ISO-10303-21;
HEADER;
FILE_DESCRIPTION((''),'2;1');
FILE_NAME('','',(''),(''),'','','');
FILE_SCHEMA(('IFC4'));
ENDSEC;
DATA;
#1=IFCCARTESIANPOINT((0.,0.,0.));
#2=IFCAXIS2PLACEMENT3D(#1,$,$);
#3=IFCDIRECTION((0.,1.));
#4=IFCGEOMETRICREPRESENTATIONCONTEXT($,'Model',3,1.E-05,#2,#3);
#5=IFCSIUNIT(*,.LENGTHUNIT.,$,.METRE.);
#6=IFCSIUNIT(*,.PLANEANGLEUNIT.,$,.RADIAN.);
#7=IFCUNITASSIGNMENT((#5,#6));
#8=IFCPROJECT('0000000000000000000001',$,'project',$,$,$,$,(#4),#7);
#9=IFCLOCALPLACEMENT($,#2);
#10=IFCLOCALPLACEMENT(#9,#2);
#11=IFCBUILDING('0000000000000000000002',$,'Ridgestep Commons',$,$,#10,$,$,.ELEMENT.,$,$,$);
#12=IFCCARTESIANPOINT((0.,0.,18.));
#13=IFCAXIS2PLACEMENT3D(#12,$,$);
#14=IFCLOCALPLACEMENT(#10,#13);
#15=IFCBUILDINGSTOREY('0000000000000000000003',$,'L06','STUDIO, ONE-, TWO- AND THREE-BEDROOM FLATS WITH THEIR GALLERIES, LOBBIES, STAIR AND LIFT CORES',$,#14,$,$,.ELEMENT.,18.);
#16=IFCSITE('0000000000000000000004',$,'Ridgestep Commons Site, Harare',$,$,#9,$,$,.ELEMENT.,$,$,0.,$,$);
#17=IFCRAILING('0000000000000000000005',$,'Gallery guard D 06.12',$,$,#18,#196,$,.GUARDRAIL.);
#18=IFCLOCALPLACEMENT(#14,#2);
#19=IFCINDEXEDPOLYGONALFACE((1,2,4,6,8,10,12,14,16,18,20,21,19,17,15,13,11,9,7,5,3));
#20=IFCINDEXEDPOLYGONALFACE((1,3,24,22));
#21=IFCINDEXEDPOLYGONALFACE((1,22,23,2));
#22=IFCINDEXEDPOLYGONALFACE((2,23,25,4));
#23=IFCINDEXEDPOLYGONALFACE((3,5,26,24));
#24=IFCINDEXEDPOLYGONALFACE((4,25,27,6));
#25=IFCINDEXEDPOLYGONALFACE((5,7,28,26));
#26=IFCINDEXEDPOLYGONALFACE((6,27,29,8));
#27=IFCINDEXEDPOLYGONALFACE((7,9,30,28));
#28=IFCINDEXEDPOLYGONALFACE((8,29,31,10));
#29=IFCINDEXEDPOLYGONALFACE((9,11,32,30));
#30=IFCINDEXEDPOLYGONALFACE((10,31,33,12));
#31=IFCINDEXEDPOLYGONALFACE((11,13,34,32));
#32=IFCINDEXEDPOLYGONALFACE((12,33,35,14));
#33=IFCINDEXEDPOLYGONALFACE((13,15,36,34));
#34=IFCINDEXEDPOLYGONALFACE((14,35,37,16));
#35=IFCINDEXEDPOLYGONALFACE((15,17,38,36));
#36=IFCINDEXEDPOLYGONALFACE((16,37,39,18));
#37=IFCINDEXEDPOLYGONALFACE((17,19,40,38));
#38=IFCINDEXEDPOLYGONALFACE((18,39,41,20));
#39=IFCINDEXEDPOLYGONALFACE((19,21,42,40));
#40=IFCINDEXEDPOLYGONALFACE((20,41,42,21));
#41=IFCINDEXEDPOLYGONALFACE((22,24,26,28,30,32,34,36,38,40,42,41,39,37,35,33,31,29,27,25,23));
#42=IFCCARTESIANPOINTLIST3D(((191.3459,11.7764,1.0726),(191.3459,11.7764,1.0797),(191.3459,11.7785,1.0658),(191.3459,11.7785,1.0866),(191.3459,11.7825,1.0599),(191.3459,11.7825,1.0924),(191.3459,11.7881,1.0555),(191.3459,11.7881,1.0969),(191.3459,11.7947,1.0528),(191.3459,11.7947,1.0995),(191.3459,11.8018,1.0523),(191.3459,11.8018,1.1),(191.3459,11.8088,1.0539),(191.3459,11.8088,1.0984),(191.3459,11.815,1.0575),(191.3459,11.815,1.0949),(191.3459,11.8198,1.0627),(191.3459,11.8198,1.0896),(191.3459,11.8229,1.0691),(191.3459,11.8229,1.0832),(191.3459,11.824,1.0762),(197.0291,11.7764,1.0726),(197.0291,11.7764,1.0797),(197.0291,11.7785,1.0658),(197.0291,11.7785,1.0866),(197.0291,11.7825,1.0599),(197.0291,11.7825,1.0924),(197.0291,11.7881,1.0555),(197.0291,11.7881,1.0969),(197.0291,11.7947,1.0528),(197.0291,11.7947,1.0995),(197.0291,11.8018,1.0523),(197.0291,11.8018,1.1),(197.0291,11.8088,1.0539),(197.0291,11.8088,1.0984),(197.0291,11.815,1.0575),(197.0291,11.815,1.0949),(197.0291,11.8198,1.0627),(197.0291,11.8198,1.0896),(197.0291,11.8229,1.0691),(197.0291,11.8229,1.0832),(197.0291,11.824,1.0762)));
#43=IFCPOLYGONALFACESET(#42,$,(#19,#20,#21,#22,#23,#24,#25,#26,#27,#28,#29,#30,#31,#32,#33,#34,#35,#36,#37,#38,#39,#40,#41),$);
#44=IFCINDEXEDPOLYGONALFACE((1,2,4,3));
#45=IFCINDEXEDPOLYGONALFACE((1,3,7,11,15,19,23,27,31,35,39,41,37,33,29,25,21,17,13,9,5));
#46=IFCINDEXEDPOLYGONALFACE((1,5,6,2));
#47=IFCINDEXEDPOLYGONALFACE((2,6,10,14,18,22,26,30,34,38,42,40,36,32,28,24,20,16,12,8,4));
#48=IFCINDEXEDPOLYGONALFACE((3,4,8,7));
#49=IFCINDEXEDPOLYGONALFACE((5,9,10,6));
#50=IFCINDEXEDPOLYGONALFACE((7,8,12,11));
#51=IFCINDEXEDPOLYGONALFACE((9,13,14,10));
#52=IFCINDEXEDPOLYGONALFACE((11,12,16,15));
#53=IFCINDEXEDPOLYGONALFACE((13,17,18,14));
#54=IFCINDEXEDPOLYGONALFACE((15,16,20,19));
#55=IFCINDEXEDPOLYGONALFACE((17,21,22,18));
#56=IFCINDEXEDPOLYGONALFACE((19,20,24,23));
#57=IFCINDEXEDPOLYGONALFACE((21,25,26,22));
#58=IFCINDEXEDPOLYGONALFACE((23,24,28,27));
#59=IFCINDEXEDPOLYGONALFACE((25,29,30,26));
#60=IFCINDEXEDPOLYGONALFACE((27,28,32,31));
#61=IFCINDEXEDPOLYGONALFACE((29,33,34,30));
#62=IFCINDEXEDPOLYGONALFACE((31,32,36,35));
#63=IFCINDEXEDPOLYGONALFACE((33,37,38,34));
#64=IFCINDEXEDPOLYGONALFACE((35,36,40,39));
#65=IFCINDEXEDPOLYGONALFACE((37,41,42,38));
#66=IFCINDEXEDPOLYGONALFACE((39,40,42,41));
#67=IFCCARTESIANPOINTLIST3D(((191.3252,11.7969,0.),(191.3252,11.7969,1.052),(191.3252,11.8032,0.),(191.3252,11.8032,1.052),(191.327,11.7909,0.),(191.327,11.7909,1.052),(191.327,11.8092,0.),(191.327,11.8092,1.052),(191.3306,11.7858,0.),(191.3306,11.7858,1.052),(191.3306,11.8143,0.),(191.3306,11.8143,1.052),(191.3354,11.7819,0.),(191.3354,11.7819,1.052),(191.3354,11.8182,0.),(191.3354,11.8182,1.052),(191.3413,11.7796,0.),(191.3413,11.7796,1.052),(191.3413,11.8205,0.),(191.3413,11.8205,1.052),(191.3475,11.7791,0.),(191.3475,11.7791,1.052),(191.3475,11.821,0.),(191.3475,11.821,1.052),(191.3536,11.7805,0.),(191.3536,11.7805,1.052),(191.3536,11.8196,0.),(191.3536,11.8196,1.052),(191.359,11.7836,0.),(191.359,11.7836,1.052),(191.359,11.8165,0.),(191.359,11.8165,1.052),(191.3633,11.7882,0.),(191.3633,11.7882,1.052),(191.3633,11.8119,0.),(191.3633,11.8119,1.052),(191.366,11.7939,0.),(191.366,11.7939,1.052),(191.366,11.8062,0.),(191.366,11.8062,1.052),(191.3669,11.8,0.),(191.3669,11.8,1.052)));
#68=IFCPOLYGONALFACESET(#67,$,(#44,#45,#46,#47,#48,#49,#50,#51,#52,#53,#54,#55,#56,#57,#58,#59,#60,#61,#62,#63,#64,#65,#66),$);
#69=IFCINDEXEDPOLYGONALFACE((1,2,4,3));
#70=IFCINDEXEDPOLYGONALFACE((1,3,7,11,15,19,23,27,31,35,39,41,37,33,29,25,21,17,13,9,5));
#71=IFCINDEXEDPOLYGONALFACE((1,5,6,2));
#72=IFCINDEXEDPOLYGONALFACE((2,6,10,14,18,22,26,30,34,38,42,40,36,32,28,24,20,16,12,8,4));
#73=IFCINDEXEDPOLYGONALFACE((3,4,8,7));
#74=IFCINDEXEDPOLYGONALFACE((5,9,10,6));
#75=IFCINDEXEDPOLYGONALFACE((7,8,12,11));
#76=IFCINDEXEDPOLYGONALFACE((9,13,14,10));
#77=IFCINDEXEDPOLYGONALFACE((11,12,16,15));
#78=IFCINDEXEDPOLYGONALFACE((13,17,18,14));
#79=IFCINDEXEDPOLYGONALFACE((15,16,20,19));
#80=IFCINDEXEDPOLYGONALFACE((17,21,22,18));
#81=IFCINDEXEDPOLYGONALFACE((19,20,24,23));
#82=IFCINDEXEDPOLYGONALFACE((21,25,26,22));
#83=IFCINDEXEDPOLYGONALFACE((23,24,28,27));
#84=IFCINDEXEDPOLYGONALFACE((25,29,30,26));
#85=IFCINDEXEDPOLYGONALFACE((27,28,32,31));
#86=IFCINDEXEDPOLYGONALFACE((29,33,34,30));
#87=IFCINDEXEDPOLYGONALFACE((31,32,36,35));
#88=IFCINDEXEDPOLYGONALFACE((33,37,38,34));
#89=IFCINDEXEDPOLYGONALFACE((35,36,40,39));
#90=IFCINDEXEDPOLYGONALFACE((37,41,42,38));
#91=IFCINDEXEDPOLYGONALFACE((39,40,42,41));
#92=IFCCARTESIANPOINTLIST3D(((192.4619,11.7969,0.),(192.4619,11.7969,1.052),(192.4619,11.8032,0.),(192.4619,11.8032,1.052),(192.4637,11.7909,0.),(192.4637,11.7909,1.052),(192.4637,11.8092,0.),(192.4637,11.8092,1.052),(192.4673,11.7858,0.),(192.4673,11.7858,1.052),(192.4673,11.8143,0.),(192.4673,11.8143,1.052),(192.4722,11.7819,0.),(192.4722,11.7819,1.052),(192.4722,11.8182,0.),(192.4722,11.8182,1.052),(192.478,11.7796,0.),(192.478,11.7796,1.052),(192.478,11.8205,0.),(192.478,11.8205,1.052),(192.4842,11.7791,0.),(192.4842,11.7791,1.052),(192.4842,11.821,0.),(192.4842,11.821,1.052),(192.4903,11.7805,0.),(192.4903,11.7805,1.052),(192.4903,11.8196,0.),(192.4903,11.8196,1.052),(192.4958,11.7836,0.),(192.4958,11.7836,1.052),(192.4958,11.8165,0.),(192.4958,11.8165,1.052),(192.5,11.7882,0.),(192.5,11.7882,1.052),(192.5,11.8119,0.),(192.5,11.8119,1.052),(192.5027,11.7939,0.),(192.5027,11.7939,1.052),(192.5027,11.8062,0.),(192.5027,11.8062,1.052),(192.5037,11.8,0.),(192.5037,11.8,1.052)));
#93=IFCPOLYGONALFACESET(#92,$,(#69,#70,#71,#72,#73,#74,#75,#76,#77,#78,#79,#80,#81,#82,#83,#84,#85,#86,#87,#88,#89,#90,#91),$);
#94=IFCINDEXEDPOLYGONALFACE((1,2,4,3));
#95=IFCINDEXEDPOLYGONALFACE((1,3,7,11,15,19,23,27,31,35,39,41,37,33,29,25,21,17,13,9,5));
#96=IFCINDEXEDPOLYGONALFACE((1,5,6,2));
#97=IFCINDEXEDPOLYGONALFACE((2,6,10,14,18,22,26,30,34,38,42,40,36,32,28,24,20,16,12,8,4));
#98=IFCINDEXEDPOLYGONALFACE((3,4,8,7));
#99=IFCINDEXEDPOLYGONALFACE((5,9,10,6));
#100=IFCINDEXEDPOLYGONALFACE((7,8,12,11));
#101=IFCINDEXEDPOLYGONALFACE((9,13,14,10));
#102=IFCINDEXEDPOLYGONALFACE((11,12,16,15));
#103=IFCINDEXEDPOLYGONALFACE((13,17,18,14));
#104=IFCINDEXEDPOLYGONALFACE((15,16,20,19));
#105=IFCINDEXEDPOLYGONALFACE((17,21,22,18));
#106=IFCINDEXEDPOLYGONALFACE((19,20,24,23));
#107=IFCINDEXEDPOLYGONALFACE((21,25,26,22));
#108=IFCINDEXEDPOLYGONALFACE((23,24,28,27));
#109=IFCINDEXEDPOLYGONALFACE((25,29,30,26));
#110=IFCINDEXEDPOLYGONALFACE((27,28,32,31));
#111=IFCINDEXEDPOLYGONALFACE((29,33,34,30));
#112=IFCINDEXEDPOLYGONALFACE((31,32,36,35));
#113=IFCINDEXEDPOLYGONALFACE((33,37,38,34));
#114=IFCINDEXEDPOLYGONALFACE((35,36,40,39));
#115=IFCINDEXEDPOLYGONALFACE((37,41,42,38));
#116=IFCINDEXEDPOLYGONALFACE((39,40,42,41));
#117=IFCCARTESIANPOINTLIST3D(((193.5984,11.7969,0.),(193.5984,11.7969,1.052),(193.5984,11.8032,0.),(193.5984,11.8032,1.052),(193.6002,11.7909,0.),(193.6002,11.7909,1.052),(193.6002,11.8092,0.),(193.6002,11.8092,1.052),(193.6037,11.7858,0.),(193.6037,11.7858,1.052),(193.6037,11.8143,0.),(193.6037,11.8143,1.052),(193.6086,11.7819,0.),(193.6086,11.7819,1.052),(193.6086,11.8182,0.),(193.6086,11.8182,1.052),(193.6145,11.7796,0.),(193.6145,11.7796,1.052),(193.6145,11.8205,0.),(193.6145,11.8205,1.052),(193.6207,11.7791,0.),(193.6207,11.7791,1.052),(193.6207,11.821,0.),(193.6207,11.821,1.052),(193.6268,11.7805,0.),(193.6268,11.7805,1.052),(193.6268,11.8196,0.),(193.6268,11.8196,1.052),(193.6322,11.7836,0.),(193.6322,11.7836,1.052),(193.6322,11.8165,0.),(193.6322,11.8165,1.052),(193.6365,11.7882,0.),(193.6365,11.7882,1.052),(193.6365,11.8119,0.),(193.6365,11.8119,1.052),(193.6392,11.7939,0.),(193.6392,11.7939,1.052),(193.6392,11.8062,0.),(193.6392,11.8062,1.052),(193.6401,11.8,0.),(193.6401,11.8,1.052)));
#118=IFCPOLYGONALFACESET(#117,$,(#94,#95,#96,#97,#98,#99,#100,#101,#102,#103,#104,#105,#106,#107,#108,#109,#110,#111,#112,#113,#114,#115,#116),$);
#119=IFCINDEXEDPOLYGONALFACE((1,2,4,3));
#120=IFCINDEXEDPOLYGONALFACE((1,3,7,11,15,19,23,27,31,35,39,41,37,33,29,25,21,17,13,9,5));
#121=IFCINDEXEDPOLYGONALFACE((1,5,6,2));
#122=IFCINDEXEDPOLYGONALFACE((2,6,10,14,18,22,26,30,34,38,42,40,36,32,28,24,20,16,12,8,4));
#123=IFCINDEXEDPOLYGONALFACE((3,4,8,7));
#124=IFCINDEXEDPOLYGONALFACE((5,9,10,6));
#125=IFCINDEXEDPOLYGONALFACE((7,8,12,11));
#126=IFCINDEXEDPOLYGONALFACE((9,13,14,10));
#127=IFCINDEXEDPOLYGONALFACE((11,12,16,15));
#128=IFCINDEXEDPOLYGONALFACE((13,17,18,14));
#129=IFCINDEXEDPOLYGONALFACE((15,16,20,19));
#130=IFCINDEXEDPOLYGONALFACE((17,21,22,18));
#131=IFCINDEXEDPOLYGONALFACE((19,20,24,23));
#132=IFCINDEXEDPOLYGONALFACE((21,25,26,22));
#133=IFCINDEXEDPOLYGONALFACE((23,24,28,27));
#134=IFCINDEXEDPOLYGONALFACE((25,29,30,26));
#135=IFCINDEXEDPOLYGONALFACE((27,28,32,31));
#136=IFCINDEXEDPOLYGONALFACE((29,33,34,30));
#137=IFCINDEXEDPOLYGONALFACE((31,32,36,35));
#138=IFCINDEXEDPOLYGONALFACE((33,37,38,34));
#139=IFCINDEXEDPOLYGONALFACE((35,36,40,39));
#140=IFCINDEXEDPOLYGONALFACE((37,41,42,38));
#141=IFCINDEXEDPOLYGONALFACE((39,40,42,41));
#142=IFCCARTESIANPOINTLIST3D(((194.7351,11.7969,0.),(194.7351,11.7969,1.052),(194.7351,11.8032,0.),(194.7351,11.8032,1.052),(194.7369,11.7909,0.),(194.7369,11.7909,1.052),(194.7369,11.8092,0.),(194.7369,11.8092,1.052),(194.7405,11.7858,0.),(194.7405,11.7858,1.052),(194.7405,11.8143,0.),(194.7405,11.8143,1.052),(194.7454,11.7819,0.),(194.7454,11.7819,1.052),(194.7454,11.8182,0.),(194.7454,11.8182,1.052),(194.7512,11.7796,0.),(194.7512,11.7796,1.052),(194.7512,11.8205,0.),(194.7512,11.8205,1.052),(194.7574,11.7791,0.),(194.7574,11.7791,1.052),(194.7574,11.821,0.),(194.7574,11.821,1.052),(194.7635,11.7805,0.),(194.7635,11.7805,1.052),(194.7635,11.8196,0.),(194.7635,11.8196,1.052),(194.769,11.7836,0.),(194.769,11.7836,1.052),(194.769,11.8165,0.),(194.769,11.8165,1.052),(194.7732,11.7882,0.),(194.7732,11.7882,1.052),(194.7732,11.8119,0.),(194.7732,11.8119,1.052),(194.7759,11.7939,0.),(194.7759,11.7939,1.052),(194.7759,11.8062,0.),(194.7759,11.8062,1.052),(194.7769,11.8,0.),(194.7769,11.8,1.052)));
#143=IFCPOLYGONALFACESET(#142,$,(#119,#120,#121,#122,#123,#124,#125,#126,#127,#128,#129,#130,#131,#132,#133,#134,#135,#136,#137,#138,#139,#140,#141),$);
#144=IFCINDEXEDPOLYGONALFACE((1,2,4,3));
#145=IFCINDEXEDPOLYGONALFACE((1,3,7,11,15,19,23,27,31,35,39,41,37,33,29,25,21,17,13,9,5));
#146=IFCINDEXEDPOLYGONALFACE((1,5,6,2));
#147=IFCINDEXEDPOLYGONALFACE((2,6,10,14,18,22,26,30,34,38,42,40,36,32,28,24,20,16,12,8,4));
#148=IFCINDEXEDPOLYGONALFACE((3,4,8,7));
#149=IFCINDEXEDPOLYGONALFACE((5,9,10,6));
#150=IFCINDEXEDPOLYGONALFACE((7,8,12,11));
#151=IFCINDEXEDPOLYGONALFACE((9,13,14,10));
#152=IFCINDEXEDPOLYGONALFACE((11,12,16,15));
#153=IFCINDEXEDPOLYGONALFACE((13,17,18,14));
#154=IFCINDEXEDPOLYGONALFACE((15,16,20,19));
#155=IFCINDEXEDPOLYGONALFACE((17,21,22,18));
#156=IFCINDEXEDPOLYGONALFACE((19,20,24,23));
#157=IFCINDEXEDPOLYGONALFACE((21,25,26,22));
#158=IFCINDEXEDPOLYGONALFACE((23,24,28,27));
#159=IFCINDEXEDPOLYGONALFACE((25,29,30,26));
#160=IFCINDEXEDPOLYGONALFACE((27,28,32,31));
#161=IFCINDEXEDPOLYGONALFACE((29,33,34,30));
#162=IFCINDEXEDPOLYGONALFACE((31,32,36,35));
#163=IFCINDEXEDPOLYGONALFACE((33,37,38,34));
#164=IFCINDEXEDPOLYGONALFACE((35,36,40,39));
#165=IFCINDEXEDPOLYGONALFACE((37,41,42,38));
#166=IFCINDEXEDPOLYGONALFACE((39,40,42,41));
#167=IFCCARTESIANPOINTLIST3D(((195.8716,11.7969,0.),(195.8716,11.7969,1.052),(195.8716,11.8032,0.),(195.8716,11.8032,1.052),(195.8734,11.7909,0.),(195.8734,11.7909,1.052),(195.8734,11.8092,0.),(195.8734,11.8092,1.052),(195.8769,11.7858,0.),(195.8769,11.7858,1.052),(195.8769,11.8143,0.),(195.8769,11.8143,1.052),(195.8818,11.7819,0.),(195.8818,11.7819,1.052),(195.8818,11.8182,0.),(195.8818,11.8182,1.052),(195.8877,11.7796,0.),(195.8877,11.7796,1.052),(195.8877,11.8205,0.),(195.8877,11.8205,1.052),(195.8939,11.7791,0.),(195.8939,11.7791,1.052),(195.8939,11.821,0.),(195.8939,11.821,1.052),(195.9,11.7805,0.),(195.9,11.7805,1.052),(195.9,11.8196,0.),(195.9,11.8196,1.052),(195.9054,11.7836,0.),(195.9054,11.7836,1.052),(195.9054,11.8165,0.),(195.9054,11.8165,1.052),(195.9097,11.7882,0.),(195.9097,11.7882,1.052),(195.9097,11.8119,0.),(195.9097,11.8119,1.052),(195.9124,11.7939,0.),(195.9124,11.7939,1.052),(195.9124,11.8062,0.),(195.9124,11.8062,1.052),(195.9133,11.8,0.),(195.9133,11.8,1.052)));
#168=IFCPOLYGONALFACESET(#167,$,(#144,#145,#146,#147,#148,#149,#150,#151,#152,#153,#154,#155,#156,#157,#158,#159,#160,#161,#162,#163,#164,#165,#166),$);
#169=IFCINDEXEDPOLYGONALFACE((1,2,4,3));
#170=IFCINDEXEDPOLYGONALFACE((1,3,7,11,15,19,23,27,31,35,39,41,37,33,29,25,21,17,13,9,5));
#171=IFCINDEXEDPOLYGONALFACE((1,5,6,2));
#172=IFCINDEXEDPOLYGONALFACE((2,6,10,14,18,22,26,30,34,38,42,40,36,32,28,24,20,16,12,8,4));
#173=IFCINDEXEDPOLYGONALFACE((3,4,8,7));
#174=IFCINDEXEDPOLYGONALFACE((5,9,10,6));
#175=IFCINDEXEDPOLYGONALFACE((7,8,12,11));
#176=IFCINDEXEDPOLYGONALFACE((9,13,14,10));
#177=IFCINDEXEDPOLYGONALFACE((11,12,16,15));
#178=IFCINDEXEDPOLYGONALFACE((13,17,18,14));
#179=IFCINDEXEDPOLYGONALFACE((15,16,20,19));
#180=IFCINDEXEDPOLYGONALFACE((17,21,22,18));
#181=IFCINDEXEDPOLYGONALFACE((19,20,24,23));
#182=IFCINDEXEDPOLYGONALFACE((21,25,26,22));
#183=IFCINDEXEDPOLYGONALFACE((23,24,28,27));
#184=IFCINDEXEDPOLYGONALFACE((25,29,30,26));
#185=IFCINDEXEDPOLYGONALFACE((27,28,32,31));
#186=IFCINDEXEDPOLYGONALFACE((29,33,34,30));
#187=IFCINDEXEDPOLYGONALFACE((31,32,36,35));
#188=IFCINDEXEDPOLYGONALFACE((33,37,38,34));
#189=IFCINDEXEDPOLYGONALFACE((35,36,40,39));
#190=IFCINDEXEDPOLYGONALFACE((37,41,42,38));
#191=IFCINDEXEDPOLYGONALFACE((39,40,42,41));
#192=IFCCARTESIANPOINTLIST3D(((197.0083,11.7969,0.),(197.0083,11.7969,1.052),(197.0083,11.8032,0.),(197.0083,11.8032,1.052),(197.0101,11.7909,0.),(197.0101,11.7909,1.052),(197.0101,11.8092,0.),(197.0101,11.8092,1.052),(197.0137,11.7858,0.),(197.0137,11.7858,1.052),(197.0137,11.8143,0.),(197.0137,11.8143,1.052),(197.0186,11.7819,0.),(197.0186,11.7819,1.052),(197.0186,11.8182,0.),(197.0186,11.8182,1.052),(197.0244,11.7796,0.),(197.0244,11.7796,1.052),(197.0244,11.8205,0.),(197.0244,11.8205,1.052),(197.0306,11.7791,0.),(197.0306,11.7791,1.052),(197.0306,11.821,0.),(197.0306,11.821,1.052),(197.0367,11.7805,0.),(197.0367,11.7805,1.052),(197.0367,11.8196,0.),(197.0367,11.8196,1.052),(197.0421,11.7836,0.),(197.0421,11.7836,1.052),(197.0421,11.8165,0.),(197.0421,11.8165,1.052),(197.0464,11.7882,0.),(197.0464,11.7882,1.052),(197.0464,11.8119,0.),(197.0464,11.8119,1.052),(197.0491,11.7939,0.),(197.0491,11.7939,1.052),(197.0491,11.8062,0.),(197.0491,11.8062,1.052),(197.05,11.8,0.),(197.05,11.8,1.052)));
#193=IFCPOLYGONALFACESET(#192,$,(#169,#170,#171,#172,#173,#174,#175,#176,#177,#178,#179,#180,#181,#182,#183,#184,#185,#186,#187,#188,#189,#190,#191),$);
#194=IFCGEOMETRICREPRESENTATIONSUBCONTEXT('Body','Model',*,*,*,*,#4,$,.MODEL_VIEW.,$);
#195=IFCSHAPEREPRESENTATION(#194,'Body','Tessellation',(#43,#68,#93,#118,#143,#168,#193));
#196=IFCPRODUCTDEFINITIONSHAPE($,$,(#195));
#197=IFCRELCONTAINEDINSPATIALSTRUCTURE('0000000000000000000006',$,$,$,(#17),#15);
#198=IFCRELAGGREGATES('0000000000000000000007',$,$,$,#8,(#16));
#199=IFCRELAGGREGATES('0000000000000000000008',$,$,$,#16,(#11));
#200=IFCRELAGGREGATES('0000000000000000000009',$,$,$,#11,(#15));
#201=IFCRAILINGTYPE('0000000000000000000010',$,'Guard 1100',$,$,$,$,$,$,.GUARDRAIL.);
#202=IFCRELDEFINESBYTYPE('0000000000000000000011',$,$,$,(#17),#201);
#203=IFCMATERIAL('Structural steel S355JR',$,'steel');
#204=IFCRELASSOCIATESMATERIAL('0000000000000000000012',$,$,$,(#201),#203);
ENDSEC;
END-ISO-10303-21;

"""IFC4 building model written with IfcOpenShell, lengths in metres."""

from ifc_helpers import new_model, si_unit, direction, frame, origin, origin_2d, place, context, subcontext, project, spatial, circle, extrude, material, type_object, element, save


model = new_model("IFC4")

# Units and contexts
model_context = context("Model", 3, precision=1e-05, world=origin(), true_north=direction((0.0, 1.0)))
body_context = subcontext(model_context, "Body", "Model", "MODEL_VIEW")
ifc_project = project(units=[si_unit("LENGTHUNIT", "METRE"), si_unit("PLANEANGLEUNIT", "RADIAN")], contexts=[model_context])

# Site, building, storey
site_placement = place(None, origin())
site = spatial("IfcSite", under=ifc_project, at=site_placement, Name="Ridgestep Commons Site, Harare", CompositionType="ELEMENT", RefElevation=0.0)
building_placement = place(site_placement, origin())
building = spatial("IfcBuilding", under=site, at=building_placement, Name="Ridgestep Commons", CompositionType="ELEMENT")
storey_placement = place(building_placement, frame((0.0, 0.0, 18.0)))
storey = spatial("IfcBuildingStorey", under=building, at=storey_placement, Name="L06", Description="STUDIO, ONE-, TWO- AND THREE-BEDROOM FLATS WITH THEIR GALLERIES, LOBBIES, STAIR AND LIFT CORES", CompositionType="ELEMENT", Elevation=18.0)

# Railing
ifc_material_1 = material(Name="Structural steel S355JR", Category="steel")
railing_type_1 = type_object("IfcRailingType", Name="Guard 1100", PredefinedType="GUARDRAIL", material=ifc_material_1)
railing_1_placement = place(storey_placement, frame((191.3459, 11.8, 0.0)))
element("IfcRailing", 1, at=railing_1_placement, inside=storey, type_object=railing_type_1, Name="Gallery guard D 06.12", PredefinedType="GUARDRAIL", context=body_context, shape_type="SweptSolid", body=[
    extrude(circle(Radius=0.0239, at=origin_2d()), frame((0.0, 0.0, 1.0762), z_axis=(1.0, 0.0, 0.0), x_axis=(0.0, 1.0, 0.0)), (0.0, 0.0, 1.0), 5.6831),
    extrude(circle(Radius=0.021, at=origin_2d()), origin(), (0.0, 0.0, 1.0), 1.052),
    extrude(circle(Radius=0.021, at=origin_2d()), frame((1.1367, 0.0, 0.0)), (0.0, 0.0, 1.0), 1.052),
    extrude(circle(Radius=0.021, at=origin_2d()), frame((2.2732, 0.0, 0.0)), (0.0, 0.0, 1.0), 1.052),
    extrude(circle(Radius=0.021, at=origin_2d()), frame((3.4099, 0.0, 0.0)), (0.0, 0.0, 1.0), 1.052),
    extrude(circle(Radius=0.021, at=origin_2d()), frame((4.5464, 0.0, 0.0)), (0.0, 0.0, 1.0), 1.052),
    extrude(circle(Radius=0.021, at=origin_2d()), frame((5.6831, 0.0, 0.0)), (0.0, 0.0, 1.0), 1.052),
])

save(model, "model.ifc")
